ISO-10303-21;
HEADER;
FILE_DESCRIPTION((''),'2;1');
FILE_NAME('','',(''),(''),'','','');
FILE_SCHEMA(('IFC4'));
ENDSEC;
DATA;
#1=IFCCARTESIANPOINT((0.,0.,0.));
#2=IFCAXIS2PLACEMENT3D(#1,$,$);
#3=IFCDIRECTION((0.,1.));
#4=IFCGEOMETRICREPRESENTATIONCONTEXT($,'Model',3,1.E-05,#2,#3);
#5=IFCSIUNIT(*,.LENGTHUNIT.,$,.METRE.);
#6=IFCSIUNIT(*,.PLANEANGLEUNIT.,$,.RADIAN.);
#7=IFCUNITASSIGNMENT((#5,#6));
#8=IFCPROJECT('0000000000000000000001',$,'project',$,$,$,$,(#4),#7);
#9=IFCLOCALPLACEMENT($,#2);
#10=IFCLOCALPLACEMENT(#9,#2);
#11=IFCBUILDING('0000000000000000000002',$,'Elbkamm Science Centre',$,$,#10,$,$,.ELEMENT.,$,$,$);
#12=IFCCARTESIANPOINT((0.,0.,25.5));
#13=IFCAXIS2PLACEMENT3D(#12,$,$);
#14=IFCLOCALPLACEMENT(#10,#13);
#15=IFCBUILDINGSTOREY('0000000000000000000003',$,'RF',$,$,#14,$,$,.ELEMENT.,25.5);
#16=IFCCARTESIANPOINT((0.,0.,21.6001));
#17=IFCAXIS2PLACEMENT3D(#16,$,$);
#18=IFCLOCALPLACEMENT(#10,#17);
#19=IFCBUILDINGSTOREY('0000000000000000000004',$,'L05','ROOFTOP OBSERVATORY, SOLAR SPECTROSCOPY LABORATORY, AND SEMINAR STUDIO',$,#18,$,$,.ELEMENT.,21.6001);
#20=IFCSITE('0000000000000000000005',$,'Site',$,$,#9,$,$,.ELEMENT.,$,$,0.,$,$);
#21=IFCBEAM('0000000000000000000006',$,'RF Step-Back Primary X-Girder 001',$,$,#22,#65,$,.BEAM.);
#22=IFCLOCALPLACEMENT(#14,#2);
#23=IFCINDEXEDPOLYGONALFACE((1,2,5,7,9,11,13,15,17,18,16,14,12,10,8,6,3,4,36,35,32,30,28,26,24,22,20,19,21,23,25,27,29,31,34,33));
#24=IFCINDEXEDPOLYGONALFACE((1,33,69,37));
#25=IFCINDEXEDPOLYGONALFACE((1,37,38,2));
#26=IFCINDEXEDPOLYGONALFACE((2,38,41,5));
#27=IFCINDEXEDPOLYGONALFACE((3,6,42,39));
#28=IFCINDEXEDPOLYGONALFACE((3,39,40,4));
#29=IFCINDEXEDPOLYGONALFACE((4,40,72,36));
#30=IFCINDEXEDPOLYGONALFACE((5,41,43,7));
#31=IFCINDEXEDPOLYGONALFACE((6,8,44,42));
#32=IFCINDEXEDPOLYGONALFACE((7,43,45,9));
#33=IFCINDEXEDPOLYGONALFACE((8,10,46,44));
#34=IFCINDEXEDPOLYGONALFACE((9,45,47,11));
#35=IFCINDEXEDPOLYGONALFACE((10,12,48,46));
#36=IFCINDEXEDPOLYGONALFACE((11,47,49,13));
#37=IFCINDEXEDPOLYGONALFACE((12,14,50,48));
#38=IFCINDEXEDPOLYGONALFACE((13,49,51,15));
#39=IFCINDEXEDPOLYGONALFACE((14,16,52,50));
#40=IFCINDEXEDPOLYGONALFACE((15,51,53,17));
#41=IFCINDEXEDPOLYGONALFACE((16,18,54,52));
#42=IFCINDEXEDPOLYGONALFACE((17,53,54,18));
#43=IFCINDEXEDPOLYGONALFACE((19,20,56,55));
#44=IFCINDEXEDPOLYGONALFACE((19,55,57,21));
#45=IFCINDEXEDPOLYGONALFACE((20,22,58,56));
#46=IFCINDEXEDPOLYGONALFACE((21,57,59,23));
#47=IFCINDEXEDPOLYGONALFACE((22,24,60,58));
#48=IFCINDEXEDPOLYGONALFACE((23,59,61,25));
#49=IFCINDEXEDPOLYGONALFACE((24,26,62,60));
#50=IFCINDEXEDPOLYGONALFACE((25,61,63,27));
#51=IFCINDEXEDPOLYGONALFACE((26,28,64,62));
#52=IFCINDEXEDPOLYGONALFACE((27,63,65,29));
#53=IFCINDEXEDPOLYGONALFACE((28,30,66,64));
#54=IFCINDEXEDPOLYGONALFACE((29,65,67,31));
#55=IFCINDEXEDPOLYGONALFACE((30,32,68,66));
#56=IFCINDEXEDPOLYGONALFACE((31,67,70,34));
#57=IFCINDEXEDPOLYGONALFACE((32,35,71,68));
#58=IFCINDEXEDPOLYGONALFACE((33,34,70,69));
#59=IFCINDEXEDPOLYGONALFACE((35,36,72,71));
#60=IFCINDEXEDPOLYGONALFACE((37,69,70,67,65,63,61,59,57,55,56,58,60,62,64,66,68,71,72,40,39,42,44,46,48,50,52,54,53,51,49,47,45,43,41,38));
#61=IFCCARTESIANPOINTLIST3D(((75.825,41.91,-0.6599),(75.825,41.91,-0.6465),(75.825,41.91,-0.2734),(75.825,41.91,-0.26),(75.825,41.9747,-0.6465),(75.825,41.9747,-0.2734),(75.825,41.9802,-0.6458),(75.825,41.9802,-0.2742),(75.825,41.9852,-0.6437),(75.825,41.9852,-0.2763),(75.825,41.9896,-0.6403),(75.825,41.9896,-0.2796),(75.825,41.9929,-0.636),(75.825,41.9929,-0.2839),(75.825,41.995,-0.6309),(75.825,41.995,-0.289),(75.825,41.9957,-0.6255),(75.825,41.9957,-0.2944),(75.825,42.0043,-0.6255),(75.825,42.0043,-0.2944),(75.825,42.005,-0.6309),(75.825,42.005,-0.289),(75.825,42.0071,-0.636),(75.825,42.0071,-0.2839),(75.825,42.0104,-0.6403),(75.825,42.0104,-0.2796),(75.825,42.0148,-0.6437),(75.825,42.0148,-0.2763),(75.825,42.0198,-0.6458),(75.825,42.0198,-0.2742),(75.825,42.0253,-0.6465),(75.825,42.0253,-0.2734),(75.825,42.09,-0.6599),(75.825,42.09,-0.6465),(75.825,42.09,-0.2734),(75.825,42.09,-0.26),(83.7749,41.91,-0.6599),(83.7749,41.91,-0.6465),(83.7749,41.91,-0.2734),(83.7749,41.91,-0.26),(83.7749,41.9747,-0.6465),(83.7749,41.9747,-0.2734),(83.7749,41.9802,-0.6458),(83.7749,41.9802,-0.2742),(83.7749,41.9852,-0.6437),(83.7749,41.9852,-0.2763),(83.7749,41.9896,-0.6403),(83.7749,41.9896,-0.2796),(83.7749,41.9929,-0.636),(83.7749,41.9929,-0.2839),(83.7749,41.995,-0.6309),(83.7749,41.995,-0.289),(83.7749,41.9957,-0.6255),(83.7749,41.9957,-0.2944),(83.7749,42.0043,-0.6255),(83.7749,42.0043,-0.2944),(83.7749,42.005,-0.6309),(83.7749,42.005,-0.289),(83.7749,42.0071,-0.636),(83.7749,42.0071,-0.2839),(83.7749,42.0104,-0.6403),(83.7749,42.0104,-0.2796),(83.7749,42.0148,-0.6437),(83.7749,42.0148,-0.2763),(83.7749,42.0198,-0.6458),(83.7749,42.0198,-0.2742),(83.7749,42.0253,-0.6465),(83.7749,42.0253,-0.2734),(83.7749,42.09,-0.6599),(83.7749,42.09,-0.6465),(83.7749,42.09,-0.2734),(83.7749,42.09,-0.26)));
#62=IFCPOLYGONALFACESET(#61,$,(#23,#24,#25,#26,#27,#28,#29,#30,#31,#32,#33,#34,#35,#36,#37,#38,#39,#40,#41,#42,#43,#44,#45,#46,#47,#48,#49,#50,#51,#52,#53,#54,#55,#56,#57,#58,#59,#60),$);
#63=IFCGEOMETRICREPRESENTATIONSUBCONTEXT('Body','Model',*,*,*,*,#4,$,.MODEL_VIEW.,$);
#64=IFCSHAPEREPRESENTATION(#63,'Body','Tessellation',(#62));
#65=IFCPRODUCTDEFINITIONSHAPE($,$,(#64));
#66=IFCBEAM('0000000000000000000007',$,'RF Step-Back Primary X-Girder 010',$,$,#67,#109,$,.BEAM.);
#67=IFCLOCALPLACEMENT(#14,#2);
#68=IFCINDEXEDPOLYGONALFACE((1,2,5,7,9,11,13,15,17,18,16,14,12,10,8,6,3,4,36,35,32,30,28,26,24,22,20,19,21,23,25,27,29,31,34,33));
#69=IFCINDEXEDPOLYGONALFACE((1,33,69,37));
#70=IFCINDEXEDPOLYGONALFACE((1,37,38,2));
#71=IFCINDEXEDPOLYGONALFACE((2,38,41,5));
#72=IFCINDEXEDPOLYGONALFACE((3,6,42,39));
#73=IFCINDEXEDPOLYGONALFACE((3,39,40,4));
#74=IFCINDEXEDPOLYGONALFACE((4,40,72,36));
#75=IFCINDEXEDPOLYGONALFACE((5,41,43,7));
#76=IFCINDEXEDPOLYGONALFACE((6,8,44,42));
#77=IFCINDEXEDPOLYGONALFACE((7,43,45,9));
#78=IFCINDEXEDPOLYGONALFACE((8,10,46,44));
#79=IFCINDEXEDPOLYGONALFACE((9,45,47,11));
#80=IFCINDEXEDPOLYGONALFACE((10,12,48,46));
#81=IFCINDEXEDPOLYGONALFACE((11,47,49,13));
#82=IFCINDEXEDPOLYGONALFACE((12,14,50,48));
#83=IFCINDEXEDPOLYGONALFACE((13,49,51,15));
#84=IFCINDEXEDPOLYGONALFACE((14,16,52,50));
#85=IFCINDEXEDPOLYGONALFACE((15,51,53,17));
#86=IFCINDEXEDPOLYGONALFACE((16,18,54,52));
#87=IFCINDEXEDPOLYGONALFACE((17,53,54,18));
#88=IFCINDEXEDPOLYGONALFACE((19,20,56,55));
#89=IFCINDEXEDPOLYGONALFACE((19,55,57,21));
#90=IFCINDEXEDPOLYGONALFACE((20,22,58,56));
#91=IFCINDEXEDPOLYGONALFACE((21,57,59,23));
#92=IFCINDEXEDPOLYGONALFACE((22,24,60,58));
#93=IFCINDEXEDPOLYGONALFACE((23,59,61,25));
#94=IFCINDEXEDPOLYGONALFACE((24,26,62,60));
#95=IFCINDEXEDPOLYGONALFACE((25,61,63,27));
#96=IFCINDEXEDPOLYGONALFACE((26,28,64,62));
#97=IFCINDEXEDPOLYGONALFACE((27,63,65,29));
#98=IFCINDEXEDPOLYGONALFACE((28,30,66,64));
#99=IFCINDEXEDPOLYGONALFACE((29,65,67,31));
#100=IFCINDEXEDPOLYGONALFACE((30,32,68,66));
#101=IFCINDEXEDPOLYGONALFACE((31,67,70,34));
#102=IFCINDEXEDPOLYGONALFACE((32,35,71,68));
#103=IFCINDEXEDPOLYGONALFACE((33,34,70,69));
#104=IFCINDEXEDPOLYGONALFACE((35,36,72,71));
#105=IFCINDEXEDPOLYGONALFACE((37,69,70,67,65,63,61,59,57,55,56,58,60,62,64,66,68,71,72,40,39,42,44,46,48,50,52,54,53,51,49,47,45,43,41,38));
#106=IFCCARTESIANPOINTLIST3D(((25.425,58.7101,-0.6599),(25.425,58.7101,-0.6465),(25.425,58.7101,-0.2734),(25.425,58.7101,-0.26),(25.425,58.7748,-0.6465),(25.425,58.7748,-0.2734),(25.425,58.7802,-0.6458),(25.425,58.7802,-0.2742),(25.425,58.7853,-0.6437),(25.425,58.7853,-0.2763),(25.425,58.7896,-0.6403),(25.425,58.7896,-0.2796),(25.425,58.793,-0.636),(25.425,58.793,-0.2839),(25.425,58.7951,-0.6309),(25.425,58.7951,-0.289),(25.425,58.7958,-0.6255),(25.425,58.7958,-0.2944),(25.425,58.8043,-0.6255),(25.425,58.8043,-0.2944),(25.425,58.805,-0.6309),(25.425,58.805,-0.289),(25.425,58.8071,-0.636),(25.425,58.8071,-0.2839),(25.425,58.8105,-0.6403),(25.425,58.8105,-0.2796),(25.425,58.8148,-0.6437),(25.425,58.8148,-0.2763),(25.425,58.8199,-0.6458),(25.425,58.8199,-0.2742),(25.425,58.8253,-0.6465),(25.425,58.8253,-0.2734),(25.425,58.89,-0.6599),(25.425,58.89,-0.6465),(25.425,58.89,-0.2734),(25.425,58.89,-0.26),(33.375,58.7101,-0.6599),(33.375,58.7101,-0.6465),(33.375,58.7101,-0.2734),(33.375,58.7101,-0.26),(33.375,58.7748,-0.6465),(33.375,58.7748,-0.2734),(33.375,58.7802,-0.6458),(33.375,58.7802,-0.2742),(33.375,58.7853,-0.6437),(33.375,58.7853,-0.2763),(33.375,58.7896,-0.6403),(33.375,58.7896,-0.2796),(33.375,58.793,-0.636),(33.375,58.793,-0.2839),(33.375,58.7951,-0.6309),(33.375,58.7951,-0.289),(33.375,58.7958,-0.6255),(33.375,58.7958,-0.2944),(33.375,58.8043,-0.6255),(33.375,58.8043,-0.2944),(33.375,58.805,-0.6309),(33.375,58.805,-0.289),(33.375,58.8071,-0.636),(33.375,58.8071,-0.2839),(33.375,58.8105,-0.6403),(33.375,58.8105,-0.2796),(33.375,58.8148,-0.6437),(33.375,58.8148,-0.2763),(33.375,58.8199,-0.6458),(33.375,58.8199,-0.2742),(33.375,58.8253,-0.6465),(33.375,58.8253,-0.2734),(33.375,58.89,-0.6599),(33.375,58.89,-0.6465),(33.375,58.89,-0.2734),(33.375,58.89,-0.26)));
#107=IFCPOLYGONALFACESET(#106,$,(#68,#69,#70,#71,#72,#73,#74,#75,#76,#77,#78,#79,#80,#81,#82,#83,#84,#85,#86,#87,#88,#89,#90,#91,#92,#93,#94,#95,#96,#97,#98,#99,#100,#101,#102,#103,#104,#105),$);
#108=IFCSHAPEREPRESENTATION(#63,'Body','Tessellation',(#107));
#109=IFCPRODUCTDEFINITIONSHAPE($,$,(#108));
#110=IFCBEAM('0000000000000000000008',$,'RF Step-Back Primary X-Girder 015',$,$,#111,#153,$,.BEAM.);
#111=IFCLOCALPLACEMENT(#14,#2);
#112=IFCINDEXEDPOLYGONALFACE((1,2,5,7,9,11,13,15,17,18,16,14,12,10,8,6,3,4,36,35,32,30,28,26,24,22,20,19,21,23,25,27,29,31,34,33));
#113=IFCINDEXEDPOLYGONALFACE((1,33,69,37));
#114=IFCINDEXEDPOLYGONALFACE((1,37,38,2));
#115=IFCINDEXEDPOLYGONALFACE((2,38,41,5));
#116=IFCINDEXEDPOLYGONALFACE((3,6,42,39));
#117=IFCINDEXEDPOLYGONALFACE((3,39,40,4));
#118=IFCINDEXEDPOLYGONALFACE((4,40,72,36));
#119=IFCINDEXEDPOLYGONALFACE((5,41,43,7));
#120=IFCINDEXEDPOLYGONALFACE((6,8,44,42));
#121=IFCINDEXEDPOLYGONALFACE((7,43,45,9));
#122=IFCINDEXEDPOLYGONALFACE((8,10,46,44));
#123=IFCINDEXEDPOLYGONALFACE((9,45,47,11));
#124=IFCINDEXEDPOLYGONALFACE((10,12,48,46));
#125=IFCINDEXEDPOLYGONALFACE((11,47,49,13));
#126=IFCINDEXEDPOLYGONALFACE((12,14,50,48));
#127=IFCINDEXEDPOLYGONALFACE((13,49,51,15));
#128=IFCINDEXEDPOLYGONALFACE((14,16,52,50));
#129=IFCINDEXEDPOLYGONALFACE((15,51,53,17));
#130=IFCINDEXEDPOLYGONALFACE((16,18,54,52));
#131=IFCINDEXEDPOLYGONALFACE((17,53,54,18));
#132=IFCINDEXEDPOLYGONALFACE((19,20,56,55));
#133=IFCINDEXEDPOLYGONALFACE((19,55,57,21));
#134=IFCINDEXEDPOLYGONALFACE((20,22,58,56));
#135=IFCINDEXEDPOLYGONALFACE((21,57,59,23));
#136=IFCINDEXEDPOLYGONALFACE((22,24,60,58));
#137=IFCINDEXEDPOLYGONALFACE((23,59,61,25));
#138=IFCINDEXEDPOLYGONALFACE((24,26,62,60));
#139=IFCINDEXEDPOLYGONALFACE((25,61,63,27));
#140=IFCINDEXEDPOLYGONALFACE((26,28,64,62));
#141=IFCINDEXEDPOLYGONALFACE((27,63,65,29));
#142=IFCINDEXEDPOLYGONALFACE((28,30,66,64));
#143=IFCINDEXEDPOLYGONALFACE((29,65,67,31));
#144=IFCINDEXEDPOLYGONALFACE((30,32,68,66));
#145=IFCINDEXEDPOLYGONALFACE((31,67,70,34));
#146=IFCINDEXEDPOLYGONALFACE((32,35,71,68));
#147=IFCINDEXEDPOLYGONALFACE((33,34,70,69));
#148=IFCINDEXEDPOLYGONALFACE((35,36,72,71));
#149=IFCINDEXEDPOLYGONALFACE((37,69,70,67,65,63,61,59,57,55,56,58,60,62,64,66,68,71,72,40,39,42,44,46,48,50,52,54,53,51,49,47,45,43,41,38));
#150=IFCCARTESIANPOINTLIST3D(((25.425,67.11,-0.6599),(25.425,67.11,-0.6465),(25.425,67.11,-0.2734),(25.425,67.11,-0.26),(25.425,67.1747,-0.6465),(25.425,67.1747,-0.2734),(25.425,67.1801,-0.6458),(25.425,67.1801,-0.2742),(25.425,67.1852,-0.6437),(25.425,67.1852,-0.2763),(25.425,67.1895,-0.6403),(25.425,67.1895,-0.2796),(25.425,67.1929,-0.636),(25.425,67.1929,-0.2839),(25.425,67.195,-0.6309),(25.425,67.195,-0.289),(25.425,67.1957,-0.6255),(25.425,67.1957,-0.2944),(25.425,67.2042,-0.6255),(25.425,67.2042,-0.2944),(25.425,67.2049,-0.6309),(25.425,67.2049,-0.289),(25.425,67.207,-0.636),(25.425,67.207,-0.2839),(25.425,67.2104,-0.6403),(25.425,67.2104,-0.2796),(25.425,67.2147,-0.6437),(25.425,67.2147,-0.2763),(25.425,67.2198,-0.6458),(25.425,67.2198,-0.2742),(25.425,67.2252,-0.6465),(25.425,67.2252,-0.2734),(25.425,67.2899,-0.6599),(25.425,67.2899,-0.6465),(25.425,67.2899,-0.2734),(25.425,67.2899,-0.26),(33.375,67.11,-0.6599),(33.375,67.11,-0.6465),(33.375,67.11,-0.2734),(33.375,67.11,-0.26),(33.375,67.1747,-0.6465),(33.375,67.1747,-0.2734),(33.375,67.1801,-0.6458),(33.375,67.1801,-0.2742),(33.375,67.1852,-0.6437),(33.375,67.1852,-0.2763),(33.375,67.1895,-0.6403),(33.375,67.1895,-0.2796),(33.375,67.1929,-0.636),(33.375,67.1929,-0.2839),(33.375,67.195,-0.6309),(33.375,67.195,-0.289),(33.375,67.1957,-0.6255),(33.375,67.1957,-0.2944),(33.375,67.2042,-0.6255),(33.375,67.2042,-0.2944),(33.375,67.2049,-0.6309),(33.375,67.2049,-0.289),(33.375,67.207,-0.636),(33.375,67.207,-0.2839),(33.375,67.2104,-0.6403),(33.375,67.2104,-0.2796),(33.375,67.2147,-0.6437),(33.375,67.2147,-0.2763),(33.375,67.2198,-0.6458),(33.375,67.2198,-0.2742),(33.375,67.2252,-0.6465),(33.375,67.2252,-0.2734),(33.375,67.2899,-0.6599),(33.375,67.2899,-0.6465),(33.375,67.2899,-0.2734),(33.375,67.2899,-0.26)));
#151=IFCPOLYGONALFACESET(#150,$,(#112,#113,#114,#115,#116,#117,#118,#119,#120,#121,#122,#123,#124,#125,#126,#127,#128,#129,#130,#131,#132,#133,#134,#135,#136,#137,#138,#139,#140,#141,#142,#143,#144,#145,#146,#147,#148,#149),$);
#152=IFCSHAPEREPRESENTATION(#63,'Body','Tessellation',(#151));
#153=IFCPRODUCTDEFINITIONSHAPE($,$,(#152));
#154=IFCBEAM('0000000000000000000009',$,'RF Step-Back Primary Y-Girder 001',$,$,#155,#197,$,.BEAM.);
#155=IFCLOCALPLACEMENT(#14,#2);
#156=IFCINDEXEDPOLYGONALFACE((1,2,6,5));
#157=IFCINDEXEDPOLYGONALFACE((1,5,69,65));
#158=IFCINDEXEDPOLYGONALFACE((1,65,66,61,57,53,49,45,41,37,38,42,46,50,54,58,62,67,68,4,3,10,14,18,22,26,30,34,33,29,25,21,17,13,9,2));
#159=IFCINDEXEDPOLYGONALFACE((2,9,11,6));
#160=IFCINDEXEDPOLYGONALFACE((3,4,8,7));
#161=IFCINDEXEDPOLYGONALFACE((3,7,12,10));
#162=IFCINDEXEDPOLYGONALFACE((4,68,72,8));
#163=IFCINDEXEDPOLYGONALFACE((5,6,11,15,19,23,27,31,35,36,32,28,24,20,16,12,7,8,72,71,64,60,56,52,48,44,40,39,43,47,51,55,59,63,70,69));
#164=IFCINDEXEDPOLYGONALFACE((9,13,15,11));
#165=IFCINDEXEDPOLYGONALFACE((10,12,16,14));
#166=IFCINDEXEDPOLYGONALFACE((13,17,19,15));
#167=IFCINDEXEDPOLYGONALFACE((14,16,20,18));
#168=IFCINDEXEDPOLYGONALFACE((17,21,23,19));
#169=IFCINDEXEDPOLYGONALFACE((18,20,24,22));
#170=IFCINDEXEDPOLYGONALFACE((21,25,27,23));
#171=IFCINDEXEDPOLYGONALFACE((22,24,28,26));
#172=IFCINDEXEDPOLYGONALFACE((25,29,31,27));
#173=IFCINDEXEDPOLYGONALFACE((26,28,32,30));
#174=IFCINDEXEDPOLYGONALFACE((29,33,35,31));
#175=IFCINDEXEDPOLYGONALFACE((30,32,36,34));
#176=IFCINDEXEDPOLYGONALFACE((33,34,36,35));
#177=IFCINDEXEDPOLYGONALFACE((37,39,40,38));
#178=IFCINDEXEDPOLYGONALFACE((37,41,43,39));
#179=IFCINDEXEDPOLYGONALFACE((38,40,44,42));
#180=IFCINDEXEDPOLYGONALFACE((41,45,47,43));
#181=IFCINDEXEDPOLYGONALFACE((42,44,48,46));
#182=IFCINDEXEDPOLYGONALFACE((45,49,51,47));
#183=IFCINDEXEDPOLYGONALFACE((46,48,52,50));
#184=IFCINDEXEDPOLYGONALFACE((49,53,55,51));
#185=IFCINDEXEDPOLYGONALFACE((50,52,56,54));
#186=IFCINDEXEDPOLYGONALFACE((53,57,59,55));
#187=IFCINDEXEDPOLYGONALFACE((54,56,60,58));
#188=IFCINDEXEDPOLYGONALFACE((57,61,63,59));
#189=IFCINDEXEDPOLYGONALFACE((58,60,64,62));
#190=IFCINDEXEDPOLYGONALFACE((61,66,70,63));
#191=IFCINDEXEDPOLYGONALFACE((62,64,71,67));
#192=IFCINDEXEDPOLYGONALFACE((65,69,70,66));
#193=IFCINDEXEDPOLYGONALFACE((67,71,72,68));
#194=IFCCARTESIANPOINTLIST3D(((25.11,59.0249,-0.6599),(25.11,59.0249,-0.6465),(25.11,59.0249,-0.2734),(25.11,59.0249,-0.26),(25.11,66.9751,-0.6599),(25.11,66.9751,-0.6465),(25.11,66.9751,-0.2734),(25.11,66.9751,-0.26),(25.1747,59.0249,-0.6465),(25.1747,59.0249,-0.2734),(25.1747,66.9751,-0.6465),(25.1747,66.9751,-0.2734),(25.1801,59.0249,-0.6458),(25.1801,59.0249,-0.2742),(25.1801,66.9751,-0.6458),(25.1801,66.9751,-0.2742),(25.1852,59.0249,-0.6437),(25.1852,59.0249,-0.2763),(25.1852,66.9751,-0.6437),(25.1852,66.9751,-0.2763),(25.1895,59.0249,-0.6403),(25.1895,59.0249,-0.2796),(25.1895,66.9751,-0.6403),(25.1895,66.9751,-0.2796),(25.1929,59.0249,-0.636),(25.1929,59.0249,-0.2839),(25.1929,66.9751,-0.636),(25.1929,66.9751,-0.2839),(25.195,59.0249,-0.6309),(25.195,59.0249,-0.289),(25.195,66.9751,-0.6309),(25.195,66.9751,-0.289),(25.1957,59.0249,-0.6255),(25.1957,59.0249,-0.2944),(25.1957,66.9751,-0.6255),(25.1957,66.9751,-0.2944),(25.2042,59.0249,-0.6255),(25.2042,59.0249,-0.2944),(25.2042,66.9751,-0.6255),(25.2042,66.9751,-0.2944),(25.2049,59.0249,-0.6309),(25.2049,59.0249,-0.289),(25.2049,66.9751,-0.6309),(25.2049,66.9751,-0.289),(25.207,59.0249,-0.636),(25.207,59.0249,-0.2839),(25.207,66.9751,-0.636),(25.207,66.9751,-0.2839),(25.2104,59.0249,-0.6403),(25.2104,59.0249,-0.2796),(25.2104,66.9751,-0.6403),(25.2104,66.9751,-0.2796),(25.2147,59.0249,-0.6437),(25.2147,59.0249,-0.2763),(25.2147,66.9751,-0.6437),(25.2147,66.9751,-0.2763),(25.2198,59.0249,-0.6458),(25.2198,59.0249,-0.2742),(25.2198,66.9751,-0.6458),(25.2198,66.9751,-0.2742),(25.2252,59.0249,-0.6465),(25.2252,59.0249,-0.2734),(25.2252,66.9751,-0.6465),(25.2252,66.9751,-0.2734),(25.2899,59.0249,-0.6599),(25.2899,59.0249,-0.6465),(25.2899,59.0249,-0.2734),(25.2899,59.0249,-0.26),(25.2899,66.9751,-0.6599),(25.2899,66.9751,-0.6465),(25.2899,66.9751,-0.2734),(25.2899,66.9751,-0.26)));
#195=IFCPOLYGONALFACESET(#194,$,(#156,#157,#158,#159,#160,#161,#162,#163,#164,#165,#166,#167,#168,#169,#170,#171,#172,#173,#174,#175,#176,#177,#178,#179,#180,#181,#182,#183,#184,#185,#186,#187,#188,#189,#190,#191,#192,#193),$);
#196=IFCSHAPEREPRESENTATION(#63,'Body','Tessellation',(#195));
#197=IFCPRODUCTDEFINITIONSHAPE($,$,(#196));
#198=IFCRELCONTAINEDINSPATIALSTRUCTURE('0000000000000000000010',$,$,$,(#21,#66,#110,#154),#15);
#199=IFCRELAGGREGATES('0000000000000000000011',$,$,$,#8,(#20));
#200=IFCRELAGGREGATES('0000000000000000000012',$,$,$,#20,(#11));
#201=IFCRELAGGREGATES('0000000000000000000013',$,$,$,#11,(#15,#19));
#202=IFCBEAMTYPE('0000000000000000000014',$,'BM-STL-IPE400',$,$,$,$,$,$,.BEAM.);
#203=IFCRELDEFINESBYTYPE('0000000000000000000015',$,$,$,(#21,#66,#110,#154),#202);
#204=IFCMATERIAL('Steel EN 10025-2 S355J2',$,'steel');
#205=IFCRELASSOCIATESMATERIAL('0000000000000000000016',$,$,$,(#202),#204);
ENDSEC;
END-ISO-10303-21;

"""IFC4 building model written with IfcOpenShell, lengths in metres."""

from ifc_helpers import new_model, si_unit, direction, frame, origin, origin_2d, place, context, subcontext, project, spatial, i_section, extrude, material, material_profile, profile_set, type_object, element, save


model = new_model("IFC4")

# Units and contexts
model_context = context("Model", 3, precision=1e-05, world=origin(), true_north=direction((0.0, 1.0)))
body_context = subcontext(model_context, "Body", "Model", "MODEL_VIEW")
ifc_project = project(units=[si_unit("LENGTHUNIT", "METRE"), si_unit("PLANEANGLEUNIT", "RADIAN")], contexts=[model_context])

# Site, building, storey
site_placement = place(None, origin())
site = spatial("IfcSite", under=ifc_project, at=site_placement, Name="Site", CompositionType="ELEMENT", RefElevation=0.0)
building_placement = place(site_placement, origin())
building = spatial("IfcBuilding", under=site, at=building_placement, Name="Elbkamm Science Centre", CompositionType="ELEMENT")
storey_1_placement = place(building_placement, frame((0.0, 0.0, 25.5)))
storey_1 = spatial("IfcBuildingStorey", under=building, at=storey_1_placement, Name="RF", CompositionType="ELEMENT", Elevation=25.5)

# Beams
ifc_material_1 = material(Name="Steel EN 10025-2 S355J2", Category="steel")
ifc_material_profile_1 = material_profile(ifc_material_1, i_section(OverallWidth=0.1799, OverallDepth=0.3999, WebThickness=0.0085, FlangeThickness=0.0134, FilletRadius=0.021, at=origin_2d()), Name="IPE 400")
ifc_profile_set_1 = profile_set([ifc_material_profile_1], Name="Steel EN 10025-2 S355J2")
beam_type_1 = type_object("IfcBeamType", Name="BM-STL-IPE400", PredefinedType="BEAM", material=ifc_profile_set_1)
for number, where, z_axis, x_axis, name in (
    (1, (75.825, 42.0, -0.46), (1.0, 0.0, 0.0), (0.0, 1.0, 0.0), "RF Step-Back Primary X-Girder 001"),
    (2, (25.425, 58.8, -0.46), (1.0, 0.0, 0.0), (0.0, 1.0, 0.0), "RF Step-Back Primary X-Girder 010"),
    (3, (25.425, 67.2, -0.46), (1.0, 0.0, 0.0), (0.0, 1.0, 0.0), "RF Step-Back Primary X-Girder 015"),
):
    element("IfcBeam", number, at=place(storey_1_placement, frame(where, z_axis=z_axis, x_axis=x_axis)), inside=storey_1, type_object=beam_type_1, Name=name, PredefinedType="BEAM", context=body_context, shape_type="SweptSolid", body=[
        extrude(i_section(OverallWidth=0.1799, OverallDepth=0.3999, WebThickness=0.0085, FlangeThickness=0.0134, FilletRadius=0.021, at=origin_2d()), origin(), (0.0, 0.0, 1.0), 7.95),
    ])
for number, where, z_axis, x_axis, name in (
    (4, (25.2, 59.0249, -0.46), (0.0, 1.0, 0.0), (-1.0, 0.0, 0.0), "RF Step-Back Primary Y-Girder 001"),
):
    element("IfcBeam", number, at=place(storey_1_placement, frame(where, z_axis=z_axis, x_axis=x_axis)), inside=storey_1, type_object=beam_type_1, Name=name, PredefinedType="BEAM", context=body_context, shape_type="SweptSolid", body=[
        extrude(i_section(OverallWidth=0.1799, OverallDepth=0.3999, WebThickness=0.0085, FlangeThickness=0.0134, FilletRadius=0.021, at=origin_2d()), origin(), (0.0, 0.0, 1.0), 7.9502),
    ])

# Shared definitions
storey_2_placement = place(building_placement, frame((0.0, 0.0, 21.6001)))
storey_2 = spatial("IfcBuildingStorey", under=building, at=storey_2_placement, Name="L05", Description="ROOFTOP OBSERVATORY, SOLAR SPECTROSCOPY LABORATORY, AND SEMINAR STUDIO", CompositionType="ELEMENT", Elevation=21.6001)

save(model, "model.ifc")
